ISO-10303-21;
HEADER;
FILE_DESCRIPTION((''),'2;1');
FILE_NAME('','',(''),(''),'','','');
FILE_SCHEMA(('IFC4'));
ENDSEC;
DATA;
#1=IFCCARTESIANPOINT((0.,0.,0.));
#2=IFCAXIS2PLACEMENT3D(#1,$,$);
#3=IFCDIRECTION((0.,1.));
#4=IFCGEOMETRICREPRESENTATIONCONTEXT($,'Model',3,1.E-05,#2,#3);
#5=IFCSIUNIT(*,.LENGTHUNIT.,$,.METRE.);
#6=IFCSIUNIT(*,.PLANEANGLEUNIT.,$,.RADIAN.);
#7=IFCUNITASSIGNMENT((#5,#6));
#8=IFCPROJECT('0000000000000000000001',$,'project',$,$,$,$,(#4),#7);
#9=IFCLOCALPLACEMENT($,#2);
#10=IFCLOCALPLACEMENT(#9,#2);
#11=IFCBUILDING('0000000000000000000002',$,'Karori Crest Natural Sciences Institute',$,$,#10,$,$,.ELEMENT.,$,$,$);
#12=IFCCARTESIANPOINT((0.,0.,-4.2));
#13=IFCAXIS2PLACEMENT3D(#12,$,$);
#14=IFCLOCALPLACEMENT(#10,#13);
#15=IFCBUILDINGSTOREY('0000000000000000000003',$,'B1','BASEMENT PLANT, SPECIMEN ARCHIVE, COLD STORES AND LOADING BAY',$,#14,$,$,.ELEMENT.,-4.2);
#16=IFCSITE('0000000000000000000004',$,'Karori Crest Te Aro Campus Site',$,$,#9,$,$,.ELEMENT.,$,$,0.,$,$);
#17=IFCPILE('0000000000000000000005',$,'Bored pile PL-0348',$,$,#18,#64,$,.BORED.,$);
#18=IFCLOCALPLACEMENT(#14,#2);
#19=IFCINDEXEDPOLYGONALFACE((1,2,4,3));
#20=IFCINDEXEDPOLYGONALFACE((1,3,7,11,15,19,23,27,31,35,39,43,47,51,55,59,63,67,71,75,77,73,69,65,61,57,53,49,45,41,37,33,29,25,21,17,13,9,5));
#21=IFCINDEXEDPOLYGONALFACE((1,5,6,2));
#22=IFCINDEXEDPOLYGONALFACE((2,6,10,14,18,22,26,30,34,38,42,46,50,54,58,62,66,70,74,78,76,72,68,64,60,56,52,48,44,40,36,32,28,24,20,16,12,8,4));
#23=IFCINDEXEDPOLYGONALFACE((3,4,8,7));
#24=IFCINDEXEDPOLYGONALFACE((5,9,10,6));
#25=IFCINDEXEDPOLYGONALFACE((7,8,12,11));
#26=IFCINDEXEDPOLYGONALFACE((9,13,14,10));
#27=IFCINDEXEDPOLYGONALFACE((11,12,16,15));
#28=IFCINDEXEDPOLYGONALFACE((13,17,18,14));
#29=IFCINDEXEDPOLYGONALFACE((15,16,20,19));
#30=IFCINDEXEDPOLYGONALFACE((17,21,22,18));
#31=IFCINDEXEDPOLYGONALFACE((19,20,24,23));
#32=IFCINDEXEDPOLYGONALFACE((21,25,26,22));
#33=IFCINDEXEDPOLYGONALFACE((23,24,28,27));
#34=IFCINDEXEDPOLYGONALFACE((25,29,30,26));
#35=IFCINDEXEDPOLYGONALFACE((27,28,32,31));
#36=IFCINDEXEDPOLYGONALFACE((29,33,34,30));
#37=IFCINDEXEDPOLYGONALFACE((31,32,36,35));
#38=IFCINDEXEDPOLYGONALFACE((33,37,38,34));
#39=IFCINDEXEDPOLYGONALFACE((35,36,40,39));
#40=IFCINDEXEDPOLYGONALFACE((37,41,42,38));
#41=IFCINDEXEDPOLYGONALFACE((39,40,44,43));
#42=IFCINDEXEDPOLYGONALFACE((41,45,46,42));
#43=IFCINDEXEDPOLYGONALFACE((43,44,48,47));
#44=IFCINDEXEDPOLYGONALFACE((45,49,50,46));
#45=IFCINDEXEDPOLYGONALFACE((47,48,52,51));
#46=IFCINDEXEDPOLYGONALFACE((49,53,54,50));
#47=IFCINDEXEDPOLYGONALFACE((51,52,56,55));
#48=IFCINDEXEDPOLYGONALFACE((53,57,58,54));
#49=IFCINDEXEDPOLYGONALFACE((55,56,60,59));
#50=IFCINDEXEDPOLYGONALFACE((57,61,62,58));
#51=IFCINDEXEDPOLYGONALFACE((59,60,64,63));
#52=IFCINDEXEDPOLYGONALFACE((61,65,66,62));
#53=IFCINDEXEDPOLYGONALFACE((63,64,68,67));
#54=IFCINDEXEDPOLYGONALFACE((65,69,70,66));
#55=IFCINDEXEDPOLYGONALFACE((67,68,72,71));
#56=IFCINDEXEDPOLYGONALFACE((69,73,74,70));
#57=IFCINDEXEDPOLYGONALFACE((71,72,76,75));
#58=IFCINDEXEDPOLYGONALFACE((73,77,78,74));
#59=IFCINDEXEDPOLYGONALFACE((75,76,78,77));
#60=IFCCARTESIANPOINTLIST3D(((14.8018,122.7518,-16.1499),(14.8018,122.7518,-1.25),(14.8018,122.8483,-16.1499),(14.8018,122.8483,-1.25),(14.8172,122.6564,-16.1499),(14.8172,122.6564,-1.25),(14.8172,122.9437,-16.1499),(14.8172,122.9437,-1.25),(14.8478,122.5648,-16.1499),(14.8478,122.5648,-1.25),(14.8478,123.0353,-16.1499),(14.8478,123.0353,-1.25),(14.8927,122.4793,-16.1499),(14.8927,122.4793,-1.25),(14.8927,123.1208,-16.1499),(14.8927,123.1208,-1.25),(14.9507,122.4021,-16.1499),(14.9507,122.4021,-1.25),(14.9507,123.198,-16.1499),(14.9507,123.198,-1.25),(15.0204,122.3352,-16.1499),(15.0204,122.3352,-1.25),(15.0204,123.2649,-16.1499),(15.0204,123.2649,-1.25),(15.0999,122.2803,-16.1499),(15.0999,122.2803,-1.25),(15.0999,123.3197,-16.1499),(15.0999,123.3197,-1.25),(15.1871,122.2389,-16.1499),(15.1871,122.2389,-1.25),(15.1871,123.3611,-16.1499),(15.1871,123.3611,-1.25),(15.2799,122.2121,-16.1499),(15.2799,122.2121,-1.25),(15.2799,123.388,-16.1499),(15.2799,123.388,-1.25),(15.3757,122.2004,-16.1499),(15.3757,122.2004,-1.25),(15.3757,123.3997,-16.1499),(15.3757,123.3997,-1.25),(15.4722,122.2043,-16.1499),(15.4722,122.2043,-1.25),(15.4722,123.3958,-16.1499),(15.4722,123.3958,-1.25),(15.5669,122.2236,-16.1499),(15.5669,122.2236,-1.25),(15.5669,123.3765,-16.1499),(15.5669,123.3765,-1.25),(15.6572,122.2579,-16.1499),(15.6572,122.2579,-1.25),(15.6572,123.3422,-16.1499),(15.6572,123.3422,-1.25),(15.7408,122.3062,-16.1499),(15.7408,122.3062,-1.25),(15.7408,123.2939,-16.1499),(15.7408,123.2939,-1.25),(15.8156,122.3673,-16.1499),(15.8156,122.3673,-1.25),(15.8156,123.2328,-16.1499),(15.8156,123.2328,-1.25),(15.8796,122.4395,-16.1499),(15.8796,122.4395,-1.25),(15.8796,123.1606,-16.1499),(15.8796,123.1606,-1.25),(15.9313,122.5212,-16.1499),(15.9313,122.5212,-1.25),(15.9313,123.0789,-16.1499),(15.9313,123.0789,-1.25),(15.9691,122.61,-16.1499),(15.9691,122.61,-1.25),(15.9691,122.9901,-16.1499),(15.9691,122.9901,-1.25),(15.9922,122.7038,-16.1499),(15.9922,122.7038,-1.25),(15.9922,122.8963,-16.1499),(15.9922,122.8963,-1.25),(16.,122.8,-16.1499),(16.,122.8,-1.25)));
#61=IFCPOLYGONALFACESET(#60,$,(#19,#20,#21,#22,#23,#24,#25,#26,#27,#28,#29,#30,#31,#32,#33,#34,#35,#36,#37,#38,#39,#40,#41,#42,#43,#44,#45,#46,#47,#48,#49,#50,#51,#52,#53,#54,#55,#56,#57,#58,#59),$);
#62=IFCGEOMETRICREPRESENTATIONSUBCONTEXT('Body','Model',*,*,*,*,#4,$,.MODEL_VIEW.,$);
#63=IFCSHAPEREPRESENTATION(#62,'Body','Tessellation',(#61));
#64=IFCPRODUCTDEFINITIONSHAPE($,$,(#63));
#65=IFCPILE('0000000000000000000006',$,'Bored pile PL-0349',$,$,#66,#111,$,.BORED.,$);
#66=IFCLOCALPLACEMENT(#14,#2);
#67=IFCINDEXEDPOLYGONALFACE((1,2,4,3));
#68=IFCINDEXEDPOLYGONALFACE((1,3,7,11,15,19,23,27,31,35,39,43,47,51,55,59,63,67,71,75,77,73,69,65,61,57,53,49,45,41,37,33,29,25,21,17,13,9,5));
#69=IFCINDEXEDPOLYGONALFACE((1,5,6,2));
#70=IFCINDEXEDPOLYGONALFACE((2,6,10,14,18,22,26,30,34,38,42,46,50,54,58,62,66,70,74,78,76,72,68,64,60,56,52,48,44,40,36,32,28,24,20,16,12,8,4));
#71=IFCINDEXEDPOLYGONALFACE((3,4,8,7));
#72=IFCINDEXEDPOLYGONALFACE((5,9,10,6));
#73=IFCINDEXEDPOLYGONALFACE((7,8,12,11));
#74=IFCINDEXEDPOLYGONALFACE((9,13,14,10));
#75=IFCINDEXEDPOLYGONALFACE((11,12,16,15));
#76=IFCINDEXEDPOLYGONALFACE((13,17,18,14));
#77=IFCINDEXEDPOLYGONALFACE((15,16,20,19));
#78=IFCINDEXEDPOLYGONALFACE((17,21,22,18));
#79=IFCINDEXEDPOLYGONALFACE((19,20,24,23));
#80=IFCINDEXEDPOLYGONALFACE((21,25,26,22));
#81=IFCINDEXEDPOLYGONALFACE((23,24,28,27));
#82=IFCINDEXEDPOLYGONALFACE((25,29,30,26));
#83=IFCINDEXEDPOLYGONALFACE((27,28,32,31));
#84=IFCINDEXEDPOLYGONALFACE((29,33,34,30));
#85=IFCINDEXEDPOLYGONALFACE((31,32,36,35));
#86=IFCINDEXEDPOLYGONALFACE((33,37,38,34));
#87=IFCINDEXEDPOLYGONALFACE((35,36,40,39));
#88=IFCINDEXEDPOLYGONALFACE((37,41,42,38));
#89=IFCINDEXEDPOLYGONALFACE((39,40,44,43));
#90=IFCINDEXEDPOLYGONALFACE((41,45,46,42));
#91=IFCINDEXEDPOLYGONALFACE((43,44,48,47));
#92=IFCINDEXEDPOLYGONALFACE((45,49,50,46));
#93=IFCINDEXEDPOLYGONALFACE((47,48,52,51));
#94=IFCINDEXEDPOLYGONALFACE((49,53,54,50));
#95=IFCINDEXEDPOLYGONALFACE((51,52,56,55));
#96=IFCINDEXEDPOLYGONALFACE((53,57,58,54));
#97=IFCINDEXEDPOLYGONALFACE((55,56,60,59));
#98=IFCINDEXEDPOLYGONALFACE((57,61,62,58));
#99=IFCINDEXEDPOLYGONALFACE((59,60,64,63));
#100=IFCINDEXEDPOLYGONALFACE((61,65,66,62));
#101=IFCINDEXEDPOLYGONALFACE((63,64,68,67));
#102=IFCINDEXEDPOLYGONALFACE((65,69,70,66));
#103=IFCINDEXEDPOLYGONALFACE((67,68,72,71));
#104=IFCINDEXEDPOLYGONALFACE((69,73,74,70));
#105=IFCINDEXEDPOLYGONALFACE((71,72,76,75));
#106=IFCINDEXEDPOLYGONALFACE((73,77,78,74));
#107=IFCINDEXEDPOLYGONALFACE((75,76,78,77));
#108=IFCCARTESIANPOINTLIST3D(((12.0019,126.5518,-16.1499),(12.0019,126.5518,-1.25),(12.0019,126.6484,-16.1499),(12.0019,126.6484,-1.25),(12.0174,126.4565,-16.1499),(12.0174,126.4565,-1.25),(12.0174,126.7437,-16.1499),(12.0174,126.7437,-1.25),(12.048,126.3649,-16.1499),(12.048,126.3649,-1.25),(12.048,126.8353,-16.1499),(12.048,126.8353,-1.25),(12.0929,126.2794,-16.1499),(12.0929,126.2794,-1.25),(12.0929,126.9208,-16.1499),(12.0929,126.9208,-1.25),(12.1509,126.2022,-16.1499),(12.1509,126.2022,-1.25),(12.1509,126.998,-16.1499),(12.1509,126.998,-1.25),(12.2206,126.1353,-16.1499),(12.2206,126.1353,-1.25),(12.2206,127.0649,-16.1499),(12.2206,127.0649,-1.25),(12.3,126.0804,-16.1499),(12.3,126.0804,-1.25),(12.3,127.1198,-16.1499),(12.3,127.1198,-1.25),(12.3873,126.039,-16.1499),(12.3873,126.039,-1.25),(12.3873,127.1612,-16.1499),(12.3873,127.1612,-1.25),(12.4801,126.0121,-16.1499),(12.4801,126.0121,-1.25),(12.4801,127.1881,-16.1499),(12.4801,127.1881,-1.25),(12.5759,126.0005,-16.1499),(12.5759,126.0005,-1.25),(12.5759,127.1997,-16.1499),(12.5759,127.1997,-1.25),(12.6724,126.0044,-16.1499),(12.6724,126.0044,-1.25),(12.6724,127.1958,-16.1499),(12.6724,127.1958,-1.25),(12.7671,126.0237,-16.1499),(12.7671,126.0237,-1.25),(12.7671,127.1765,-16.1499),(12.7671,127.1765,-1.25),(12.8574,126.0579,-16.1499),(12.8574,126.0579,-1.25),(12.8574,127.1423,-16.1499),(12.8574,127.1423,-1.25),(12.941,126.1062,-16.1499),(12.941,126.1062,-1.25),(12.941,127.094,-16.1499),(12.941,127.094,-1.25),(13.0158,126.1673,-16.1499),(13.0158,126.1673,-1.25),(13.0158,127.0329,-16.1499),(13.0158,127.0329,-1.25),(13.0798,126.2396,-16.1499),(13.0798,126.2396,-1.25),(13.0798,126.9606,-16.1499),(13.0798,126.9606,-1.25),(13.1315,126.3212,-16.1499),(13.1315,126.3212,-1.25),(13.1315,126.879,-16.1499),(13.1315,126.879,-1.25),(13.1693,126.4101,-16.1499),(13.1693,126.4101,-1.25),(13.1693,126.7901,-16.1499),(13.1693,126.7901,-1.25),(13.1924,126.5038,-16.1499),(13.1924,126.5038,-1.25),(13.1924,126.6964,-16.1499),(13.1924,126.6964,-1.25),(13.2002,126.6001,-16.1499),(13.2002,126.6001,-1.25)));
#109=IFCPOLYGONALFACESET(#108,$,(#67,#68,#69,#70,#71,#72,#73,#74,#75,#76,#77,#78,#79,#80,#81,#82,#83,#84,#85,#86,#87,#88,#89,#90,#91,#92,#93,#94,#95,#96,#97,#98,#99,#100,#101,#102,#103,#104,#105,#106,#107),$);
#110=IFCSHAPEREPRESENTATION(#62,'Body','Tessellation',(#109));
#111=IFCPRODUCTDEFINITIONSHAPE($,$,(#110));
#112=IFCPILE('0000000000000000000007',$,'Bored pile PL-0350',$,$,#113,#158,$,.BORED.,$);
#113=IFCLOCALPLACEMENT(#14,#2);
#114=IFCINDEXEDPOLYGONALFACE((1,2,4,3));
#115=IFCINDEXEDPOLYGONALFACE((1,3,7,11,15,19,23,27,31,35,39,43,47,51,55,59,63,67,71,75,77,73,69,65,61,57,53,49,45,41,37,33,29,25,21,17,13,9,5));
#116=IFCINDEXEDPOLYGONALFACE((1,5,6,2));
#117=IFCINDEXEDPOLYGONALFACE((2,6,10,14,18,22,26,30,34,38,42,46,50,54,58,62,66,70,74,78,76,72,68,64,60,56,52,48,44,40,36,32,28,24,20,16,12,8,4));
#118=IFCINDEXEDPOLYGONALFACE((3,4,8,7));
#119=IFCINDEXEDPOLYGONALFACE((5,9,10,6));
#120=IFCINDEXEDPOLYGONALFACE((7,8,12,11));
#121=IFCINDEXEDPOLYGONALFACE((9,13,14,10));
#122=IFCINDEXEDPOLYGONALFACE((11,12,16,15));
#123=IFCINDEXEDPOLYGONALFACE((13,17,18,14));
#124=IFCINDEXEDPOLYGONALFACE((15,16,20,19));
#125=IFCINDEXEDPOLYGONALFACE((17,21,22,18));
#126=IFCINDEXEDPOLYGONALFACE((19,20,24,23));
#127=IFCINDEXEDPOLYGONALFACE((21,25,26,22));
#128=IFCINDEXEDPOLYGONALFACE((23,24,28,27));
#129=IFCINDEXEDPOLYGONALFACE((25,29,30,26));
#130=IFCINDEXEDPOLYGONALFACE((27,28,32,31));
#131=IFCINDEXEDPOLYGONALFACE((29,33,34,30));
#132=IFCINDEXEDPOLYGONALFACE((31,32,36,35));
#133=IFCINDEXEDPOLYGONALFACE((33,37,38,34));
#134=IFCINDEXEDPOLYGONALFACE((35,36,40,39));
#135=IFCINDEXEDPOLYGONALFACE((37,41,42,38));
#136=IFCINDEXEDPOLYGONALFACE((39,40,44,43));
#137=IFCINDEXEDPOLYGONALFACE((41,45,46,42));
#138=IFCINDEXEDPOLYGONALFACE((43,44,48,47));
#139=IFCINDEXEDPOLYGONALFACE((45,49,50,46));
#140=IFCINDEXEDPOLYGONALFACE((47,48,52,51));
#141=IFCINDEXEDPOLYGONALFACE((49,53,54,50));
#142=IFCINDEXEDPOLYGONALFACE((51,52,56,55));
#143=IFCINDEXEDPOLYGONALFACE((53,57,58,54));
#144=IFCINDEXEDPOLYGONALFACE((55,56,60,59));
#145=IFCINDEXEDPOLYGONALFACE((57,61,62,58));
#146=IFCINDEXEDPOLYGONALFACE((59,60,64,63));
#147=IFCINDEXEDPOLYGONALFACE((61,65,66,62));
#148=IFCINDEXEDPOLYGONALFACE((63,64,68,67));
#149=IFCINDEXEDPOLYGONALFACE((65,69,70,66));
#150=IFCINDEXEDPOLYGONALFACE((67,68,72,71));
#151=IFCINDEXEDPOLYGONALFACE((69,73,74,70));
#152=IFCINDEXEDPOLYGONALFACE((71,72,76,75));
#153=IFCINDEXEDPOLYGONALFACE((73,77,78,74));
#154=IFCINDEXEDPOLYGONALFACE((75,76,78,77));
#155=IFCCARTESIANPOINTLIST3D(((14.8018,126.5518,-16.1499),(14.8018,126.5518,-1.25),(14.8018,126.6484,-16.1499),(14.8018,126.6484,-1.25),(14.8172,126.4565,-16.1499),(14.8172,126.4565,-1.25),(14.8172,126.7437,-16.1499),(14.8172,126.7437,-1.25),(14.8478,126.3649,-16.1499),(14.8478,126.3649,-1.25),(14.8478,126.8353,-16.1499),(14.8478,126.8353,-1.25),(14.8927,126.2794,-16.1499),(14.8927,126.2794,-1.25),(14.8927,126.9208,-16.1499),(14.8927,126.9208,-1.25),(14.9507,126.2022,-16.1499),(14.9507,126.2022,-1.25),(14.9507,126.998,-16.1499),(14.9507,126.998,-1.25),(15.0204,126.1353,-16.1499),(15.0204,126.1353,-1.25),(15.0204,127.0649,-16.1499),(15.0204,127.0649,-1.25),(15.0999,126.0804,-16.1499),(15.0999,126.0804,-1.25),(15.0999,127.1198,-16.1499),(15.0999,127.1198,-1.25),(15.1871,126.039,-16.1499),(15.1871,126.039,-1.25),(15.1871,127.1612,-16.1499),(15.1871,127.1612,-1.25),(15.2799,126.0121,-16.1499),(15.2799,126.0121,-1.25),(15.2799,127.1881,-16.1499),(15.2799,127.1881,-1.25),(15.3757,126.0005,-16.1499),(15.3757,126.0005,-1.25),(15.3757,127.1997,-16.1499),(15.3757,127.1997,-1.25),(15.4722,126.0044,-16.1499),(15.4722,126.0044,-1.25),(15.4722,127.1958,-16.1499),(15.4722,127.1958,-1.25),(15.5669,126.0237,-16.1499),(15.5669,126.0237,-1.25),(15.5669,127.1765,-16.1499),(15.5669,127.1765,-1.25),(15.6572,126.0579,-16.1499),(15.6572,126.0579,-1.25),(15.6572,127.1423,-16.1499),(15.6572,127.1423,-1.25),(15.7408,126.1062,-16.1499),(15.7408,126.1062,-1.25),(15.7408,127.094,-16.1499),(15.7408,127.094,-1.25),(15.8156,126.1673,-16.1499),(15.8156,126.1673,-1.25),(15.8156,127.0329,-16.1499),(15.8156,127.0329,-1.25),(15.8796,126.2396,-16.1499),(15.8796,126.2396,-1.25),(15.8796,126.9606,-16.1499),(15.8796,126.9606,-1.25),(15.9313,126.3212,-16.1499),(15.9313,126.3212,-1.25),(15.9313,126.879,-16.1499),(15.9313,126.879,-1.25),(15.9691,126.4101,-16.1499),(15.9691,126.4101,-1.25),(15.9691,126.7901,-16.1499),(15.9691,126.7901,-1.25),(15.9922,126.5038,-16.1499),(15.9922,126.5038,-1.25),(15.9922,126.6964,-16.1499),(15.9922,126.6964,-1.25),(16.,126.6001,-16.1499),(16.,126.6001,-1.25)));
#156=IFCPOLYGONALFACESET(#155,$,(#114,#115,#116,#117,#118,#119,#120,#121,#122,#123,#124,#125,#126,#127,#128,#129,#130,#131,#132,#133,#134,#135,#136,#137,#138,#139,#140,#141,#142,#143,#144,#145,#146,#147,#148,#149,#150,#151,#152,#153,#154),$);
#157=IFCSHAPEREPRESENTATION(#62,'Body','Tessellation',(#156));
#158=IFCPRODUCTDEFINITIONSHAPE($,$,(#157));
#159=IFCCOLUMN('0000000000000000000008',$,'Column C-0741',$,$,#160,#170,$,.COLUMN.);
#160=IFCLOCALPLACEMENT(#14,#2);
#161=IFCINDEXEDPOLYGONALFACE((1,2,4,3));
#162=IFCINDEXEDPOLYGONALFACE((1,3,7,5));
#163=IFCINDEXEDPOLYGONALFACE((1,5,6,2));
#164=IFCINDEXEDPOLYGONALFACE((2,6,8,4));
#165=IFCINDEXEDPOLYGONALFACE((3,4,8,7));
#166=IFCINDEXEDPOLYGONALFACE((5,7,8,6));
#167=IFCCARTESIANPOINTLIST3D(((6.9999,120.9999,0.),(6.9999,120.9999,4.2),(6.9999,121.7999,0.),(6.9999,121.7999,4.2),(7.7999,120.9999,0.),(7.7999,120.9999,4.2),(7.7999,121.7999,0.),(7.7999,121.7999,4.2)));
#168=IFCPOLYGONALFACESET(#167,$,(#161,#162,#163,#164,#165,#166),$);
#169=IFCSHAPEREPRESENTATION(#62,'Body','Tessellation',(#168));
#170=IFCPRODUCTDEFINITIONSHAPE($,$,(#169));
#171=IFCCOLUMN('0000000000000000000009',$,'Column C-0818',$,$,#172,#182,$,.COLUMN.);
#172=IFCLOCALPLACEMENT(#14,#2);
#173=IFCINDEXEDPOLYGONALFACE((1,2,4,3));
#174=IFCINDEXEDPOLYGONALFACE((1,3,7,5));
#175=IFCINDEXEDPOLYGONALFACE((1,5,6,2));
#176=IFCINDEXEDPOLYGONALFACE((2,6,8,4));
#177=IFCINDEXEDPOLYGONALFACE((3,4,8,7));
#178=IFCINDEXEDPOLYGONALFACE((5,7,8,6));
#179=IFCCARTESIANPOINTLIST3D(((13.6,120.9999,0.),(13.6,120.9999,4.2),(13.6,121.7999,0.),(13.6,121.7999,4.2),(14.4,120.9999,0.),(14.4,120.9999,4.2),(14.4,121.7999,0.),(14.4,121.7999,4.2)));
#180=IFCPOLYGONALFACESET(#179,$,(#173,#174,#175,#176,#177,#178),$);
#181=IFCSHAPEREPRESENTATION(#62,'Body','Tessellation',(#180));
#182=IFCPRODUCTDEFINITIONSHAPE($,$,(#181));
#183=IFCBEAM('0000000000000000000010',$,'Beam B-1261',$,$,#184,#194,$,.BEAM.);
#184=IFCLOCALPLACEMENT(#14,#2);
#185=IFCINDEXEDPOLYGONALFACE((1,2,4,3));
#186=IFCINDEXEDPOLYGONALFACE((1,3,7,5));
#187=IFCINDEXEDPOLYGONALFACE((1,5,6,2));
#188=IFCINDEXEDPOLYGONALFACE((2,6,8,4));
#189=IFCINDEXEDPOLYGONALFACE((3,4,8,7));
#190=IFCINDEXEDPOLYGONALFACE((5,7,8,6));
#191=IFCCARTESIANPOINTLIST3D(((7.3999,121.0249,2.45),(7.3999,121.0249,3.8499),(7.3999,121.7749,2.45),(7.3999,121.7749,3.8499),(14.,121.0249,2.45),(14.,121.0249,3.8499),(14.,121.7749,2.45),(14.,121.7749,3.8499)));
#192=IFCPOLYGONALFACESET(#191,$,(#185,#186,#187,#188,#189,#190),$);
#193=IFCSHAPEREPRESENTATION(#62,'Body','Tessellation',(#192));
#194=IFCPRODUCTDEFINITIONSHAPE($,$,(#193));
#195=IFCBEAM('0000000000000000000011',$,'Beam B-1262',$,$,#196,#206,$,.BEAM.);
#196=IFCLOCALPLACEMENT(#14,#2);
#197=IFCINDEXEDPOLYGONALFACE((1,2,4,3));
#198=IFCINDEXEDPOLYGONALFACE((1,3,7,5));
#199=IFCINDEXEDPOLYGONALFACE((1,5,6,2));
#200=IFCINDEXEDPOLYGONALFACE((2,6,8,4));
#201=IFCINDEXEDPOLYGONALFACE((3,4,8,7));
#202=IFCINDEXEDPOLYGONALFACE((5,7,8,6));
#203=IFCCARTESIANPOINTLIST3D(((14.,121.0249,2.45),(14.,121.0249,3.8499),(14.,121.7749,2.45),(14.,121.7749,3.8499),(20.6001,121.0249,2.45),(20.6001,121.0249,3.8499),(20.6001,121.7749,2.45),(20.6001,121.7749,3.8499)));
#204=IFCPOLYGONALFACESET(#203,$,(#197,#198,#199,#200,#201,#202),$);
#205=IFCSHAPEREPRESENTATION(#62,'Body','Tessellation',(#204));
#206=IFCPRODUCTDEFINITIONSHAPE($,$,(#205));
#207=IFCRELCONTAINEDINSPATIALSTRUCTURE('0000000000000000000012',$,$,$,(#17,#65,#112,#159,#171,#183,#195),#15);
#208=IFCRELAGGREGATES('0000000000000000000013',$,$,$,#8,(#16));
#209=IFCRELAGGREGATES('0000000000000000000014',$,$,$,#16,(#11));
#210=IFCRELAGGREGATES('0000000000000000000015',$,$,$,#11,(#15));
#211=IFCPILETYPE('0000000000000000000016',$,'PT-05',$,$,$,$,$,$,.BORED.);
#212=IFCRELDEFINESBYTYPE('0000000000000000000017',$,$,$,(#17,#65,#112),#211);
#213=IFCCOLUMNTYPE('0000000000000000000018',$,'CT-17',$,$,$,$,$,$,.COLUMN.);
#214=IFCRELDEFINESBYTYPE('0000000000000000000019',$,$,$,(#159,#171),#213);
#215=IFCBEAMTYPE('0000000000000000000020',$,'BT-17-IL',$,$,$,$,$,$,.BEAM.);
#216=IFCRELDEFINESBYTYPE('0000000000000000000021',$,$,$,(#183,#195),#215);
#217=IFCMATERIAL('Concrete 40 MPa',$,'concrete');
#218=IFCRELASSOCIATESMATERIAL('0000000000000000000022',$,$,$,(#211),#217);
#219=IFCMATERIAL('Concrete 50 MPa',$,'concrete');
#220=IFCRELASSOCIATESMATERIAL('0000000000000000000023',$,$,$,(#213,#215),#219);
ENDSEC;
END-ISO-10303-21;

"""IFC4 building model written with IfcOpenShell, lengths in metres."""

from ifc_helpers import new_model, si_unit, direction, frame, origin, origin_2d, place, context, subcontext, project, spatial, rectangle, circle, extrude, material, material_profile, profile_set, type_object, element, save


model = new_model("IFC4")

# Units and contexts
model_context = context("Model", 3, precision=1e-05, world=origin(), true_north=direction((0.0, 1.0)))
body_context = subcontext(model_context, "Body", "Model", "MODEL_VIEW")
ifc_project = project(units=[si_unit("LENGTHUNIT", "METRE"), si_unit("PLANEANGLEUNIT", "RADIAN")], contexts=[model_context])

# Site, building, storey
site_placement = place(None, origin())
site = spatial("IfcSite", under=ifc_project, at=site_placement, Name="Karori Crest Te Aro Campus Site", CompositionType="ELEMENT", RefElevation=0.0)
building_placement = place(site_placement, origin())
building = spatial("IfcBuilding", under=site, at=building_placement, Name="Karori Crest Natural Sciences Institute", CompositionType="ELEMENT")
storey_placement = place(building_placement, frame((0.0, 0.0, -4.2)))
storey = spatial("IfcBuildingStorey", under=building, at=storey_placement, Name="B1", Description="BASEMENT PLANT, SPECIMEN ARCHIVE, COLD STORES AND LOADING BAY", CompositionType="ELEMENT", Elevation=-4.2)

# Shared definitions
ifc_material_1 = material(Name="Concrete 40 MPa", Category="concrete")

# Piles
ifc_material_profile_1 = material_profile(ifc_material_1, circle(Radius=0.6001, at=origin_2d()), Name="PILE1200")
ifc_profile_set_1 = profile_set([ifc_material_profile_1], Name="Concrete 40 MPa")
pile_type = type_object("IfcPileType", Name="PT-05", PredefinedType="BORED", material=ifc_profile_set_1)
for number, where, z_axis, x_axis, name in (
    (1, (15.3999, 122.8, -1.25), (0.0, 0.0, -1.0), (1.0, 0.0, 0.0), "Bored pile PL-0348"),
    (2, (12.6001, 126.6001, -1.25), (0.0, 0.0, -1.0), (1.0, 0.0, 0.0), "Bored pile PL-0349"),
    (3, (15.3999, 126.6001, -1.25), (0.0, 0.0, -1.0), (1.0, 0.0, 0.0), "Bored pile PL-0350"),
):
    element("IfcPile", number, at=place(storey_placement, frame(where, z_axis=z_axis, x_axis=x_axis)), inside=storey, type_object=pile_type, Name=name, PredefinedType="BORED", context=body_context, shape_type="SweptSolid", body=[
        extrude(circle(Radius=0.6001, at=origin_2d()), origin(), (0.0, 0.0, 1.0), 14.8999),
    ])

# Columns
ifc_material_2 = material(Name="Concrete 50 MPa", Category="concrete")
ifc_material_profile_2 = material_profile(ifc_material_2, rectangle(XDim=0.8, YDim=0.8, at=origin_2d()), Name="RC800x800")
ifc_profile_set_2 = profile_set([ifc_material_profile_2], Name="Concrete 50 MPa")
column_type = type_object("IfcColumnType", Name="CT-17", PredefinedType="COLUMN", material=ifc_profile_set_2)
for number, where, z_axis, x_axis, name in (
    (4, (7.3999, 121.3999, 0.0), (0.0, 0.0, 1.0), (1.0, 0.0, 0.0), "Column C-0741"),
    (5, (14.0, 121.3999, 0.0), (0.0, 0.0, 1.0), (1.0, 0.0, 0.0), "Column C-0818"),
):
    element("IfcColumn", number, at=place(storey_placement, frame(where, z_axis=z_axis, x_axis=x_axis)), inside=storey, type_object=column_type, Name=name, PredefinedType="COLUMN", context=body_context, shape_type="SweptSolid", body=[
        extrude(rectangle(XDim=0.8, YDim=0.8, at=origin_2d()), origin(), (0.0, 0.0, 1.0), 4.2),
    ])

# Beams
ifc_material_profile_3 = material_profile(ifc_material_2, rectangle(XDim=0.75, YDim=1.3999, at=origin_2d()), Name="RCB750x1400")
ifc_profile_set_3 = profile_set([ifc_material_profile_3], Name="Concrete 50 MPa")
beam_type_1 = type_object("IfcBeamType", Name="BT-17-IL", PredefinedType="BEAM", material=ifc_profile_set_3)
for number, where, z_axis, x_axis, name in (
    (6, (7.3999, 121.3999, 3.1499), (1.0, 0.0, 0.0), (0.0, 1.0, 0.0), "Beam B-1261"),
    (7, (14.0, 121.3999, 3.1499), (1.0, 0.0, 0.0), (0.0, 1.0, 0.0), "Beam B-1262"),
):
    element("IfcBeam", number, at=place(storey_placement, frame(where, z_axis=z_axis, x_axis=x_axis)), inside=storey, type_object=beam_type_1, Name=name, PredefinedType="BEAM", context=body_context, shape_type="SweptSolid", body=[
        extrude(rectangle(XDim=0.75, YDim=1.3999, at=origin_2d()), origin(), (0.0, 0.0, 1.0), 6.6001),
    ])

save(model, "model.ifc")
